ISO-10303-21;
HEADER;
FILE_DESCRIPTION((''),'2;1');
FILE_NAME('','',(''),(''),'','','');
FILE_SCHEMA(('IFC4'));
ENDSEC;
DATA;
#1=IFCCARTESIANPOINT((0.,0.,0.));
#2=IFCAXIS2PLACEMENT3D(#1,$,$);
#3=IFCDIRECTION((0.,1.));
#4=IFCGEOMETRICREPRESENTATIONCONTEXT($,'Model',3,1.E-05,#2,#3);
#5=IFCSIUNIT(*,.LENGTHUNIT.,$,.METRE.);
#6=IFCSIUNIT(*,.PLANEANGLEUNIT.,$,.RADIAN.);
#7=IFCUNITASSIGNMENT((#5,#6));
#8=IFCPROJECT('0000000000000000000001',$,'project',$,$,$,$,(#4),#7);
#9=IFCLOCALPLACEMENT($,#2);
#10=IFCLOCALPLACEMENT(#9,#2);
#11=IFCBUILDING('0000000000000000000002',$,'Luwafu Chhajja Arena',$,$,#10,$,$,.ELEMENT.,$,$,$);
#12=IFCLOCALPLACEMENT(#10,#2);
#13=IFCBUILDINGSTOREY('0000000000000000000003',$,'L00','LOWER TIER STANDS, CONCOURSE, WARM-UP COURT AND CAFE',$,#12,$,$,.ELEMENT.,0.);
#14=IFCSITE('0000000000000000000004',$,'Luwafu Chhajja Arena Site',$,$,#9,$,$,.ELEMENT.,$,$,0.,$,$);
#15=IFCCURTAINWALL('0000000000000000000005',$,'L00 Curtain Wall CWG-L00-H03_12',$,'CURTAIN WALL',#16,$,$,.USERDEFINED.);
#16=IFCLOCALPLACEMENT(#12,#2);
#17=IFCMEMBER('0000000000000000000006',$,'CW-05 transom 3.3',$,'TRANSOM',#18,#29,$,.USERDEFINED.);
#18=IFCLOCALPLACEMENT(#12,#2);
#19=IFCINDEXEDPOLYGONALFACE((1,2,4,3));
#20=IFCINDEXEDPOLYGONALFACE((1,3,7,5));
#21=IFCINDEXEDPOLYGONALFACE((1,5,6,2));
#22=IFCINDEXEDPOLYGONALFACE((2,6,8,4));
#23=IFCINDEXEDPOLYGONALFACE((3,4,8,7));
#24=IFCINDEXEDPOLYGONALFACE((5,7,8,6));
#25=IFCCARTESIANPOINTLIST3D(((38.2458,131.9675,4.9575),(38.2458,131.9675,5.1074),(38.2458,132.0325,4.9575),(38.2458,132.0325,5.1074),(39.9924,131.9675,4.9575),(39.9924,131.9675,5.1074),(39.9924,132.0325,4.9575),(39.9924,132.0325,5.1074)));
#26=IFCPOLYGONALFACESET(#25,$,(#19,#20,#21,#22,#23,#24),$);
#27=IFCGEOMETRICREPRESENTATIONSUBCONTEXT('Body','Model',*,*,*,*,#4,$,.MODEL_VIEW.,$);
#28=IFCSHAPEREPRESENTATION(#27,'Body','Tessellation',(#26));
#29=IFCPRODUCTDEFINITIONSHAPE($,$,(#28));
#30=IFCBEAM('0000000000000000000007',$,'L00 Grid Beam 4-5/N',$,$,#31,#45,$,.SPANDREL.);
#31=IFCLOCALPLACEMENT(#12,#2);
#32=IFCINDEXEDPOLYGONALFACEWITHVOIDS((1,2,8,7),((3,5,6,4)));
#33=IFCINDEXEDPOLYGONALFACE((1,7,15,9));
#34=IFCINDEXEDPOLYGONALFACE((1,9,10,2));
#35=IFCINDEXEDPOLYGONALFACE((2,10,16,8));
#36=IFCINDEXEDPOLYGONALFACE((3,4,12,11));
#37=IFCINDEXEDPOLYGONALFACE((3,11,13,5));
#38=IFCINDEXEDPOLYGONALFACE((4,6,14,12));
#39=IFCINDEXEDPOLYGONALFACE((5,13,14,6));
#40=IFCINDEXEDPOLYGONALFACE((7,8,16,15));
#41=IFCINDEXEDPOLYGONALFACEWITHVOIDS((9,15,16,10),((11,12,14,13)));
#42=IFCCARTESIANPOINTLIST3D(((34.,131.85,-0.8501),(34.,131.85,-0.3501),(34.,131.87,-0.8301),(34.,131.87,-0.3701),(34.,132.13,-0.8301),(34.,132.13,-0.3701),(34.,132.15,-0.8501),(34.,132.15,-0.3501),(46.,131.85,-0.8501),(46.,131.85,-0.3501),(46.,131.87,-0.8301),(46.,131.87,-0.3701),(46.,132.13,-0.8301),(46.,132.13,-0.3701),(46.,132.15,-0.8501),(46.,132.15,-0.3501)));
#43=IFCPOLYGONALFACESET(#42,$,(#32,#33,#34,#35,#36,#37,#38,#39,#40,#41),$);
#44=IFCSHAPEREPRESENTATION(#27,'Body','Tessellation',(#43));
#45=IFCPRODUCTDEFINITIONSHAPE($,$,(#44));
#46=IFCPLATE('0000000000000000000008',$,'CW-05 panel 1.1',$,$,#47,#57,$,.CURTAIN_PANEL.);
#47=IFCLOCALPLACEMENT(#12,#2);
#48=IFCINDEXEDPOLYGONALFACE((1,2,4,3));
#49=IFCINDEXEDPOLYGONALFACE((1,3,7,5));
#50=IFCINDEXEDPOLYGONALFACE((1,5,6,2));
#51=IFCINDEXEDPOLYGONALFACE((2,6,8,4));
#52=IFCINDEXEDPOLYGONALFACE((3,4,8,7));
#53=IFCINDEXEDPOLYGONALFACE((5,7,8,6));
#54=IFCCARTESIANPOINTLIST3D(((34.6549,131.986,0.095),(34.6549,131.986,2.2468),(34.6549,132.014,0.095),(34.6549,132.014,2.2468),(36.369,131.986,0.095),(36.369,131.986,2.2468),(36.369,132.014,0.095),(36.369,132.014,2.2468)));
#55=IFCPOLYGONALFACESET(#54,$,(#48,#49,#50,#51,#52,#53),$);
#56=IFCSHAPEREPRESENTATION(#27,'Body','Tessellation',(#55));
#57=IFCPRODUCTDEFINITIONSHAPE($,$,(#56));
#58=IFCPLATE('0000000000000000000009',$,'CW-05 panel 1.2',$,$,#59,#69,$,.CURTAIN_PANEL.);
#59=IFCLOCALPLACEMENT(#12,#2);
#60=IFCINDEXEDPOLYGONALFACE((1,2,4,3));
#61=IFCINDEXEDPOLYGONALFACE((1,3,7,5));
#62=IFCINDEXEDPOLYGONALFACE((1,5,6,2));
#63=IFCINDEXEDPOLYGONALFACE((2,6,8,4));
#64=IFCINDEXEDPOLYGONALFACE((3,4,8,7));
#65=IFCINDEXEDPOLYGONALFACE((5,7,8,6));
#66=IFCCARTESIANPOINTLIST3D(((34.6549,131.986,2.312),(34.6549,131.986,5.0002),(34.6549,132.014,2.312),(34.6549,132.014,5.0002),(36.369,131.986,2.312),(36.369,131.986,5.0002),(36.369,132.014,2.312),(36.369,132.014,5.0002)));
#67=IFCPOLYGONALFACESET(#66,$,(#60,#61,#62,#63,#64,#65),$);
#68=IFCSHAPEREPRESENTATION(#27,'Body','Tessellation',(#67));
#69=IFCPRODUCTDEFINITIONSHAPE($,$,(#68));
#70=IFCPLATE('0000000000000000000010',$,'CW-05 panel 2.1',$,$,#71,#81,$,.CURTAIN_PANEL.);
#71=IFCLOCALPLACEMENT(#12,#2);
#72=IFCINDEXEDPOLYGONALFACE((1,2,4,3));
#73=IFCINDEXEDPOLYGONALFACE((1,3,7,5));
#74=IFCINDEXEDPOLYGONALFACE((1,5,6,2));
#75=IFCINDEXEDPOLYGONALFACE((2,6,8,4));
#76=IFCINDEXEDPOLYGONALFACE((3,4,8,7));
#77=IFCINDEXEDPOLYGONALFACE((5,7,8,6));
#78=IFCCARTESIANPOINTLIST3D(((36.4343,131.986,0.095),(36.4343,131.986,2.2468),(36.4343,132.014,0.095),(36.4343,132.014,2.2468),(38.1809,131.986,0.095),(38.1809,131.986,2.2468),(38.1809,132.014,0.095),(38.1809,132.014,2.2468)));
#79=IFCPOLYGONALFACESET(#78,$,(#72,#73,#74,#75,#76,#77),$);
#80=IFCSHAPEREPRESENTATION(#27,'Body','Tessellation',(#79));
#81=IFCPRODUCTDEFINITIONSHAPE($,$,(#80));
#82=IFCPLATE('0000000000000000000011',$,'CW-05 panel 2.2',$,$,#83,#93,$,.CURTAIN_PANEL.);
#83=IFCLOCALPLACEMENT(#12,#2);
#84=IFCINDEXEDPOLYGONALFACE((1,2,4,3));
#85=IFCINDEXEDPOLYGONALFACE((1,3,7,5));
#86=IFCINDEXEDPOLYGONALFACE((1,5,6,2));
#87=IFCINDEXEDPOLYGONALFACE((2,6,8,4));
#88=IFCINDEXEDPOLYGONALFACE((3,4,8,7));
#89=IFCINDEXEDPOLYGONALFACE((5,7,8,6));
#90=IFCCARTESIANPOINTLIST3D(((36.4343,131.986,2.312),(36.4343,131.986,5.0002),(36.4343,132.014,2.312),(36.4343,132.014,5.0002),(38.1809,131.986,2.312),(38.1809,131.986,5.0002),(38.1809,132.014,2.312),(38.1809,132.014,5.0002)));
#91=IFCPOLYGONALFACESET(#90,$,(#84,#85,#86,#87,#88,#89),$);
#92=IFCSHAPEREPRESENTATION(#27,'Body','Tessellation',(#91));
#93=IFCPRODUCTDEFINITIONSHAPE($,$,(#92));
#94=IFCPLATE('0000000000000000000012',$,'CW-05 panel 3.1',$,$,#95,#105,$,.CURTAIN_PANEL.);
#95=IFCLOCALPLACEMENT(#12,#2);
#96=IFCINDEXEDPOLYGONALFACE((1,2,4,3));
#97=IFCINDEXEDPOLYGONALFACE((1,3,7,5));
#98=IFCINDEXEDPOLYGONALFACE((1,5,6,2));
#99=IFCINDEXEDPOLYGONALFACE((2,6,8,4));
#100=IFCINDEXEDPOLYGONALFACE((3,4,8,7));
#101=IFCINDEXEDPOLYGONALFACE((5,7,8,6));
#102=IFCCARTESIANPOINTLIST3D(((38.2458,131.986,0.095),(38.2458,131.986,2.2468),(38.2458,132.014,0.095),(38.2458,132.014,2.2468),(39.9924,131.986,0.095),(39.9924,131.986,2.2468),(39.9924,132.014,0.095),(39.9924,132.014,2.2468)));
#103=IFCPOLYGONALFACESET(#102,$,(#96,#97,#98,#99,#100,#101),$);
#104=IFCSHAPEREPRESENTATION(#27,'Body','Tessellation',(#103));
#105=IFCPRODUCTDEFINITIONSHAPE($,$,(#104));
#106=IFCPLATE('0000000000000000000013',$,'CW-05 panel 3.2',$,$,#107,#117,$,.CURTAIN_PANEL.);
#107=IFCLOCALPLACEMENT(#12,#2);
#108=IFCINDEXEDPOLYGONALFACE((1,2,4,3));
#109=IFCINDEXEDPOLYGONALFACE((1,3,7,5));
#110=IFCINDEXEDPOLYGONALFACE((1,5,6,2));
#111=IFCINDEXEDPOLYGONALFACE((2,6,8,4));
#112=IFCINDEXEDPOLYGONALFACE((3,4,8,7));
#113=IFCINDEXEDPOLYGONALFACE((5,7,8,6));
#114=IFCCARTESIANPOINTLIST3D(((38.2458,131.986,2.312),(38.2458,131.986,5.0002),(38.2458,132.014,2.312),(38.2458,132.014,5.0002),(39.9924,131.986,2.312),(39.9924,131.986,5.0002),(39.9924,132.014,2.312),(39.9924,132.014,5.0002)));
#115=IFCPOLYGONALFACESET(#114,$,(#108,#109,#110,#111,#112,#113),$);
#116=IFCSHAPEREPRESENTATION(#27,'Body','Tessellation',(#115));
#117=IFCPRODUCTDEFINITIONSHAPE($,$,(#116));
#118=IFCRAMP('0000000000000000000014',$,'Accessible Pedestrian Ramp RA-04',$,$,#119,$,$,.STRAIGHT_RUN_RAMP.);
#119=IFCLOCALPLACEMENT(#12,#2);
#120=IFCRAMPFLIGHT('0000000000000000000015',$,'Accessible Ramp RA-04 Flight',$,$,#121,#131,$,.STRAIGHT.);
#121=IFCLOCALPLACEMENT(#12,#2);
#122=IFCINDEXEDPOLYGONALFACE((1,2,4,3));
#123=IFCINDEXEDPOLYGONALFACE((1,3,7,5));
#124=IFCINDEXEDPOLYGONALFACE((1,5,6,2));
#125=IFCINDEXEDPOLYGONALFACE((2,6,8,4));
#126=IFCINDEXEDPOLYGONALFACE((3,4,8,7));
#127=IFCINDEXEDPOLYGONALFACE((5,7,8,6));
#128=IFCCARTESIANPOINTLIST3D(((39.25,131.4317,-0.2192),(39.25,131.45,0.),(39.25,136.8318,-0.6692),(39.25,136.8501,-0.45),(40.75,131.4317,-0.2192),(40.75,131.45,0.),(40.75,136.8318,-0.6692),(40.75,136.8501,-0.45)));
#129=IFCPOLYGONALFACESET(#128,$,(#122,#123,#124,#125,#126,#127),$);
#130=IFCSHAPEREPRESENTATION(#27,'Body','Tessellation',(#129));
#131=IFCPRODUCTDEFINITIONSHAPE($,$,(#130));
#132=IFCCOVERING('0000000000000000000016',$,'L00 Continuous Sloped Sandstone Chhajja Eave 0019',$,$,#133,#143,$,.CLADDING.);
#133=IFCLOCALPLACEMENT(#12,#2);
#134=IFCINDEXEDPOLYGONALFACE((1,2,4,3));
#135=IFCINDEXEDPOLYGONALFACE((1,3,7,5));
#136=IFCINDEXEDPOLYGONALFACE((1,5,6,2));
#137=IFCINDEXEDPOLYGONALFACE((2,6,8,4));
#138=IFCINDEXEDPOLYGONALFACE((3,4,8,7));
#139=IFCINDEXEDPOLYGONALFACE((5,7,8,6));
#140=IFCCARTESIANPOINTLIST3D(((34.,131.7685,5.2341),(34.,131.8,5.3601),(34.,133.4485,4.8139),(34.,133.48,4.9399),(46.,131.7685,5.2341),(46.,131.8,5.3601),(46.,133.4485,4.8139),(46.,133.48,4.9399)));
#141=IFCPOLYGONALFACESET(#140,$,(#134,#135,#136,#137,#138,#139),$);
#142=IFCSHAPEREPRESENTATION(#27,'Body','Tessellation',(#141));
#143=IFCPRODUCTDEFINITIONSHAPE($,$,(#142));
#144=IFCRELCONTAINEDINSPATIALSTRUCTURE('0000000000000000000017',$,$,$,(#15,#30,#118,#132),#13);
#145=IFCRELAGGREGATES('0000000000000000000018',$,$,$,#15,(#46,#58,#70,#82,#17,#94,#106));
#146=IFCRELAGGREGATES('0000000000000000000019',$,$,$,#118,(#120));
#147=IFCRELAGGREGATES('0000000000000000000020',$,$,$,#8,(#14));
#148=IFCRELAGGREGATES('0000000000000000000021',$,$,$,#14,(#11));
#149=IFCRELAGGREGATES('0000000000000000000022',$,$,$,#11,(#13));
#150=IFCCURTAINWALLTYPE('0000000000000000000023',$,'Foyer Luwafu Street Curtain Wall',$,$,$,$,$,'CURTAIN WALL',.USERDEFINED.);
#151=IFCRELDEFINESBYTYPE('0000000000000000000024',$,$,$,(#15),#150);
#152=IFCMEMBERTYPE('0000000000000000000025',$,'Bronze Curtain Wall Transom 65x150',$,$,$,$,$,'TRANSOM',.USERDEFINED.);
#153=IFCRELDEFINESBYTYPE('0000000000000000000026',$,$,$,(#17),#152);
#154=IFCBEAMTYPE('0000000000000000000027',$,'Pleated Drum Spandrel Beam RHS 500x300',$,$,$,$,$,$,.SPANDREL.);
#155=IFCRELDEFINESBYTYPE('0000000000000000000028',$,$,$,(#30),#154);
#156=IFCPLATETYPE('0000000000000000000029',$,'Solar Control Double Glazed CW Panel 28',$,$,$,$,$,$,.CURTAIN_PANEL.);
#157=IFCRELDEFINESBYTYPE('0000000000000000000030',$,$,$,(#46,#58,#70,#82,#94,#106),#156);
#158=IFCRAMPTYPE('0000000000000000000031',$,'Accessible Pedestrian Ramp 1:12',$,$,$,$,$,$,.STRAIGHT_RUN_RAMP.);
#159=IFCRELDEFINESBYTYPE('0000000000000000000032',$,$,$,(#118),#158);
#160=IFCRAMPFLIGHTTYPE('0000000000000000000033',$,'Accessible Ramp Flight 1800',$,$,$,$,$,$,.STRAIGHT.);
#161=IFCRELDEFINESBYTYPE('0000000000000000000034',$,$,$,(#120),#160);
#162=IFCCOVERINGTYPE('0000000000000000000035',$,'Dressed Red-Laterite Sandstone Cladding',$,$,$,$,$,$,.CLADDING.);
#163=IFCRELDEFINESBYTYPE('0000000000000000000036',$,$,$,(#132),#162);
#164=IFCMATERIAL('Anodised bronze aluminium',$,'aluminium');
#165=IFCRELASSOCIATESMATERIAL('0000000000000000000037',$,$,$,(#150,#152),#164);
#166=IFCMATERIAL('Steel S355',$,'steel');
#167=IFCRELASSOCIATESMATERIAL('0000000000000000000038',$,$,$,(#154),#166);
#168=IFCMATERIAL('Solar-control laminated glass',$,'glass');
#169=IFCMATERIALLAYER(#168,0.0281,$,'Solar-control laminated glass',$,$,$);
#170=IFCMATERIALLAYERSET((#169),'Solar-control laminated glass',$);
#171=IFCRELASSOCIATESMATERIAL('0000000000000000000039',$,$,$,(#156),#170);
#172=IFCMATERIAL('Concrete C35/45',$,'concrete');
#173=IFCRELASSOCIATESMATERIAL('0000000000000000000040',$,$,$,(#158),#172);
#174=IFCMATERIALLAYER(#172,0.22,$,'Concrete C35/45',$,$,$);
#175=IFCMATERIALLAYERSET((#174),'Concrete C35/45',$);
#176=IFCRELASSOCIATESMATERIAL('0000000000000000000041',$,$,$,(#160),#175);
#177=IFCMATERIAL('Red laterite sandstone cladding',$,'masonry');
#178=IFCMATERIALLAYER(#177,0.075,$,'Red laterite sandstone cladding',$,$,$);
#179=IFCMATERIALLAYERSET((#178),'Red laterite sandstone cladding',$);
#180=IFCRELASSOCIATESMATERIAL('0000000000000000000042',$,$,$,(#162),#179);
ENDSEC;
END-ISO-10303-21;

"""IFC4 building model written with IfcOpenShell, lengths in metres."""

from ifc_helpers import new_model, si_unit, direction, frame, origin, origin_2d, place, context, subcontext, project, spatial, polyline, rectangle, hollow_rectangle, outline, extrude, material, layer, layer_set, material_profile, profile_set, type_object, element, aggregate, save


model = new_model("IFC4")

# Units and contexts
model_context = context("Model", 3, precision=1e-05, world=origin(), true_north=direction((0.0, 1.0)))
body_context = subcontext(model_context, "Body", "Model", "MODEL_VIEW")
ifc_project = project(units=[si_unit("LENGTHUNIT", "METRE"), si_unit("PLANEANGLEUNIT", "RADIAN")], contexts=[model_context])

# Site, building, storey
site_placement = place(None, origin())
site = spatial("IfcSite", under=ifc_project, at=site_placement, Name="Luwafu Chhajja Arena Site", CompositionType="ELEMENT", RefElevation=0.0)
building_placement = place(site_placement, origin())
building = spatial("IfcBuilding", under=site, at=building_placement, Name="Luwafu Chhajja Arena", CompositionType="ELEMENT")
storey_placement = place(building_placement, origin())
storey = spatial("IfcBuildingStorey", under=building, at=storey_placement, Name="L00", Description="LOWER TIER STANDS, CONCOURSE, WARM-UP COURT AND CAFE", CompositionType="ELEMENT", Elevation=0.0)

# Curtain wall, member
ifc_material_1 = material(Name="Anodised bronze aluminium", Category="aluminium")
curtain_wall_type = type_object("IfcCurtainWallType", Name="Foyer Luwafu Street Curtain Wall", ElementType="CURTAIN WALL", PredefinedType="USERDEFINED", material=ifc_material_1)
curtain_wall_placement = place(storey_placement, origin())
curtain_wall = element("IfcCurtainWall", 1, at=curtain_wall_placement, inside=storey, type_object=curtain_wall_type, Name="L00 Curtain Wall CWG-L00-H03_12", ObjectType="CURTAIN WALL", PredefinedType="USERDEFINED")
ifc_material_profile_1 = material_profile(ifc_material_1, rectangle(XDim=0.0649, YDim=0.1499, at=origin_2d()), Name="CWT 65x150")
ifc_profile_set_1 = profile_set([ifc_material_profile_1], Name="Anodised bronze aluminium")
member_type_1 = type_object("IfcMemberType", Name="Bronze Curtain Wall Transom 65x150", ElementType="TRANSOM", PredefinedType="USERDEFINED", material=ifc_profile_set_1)
member_1_placement = place(storey_placement, frame((38.2458, 132.0, 5.0325), z_axis=(1.0, 0.0, 0.0), x_axis=(0.0, 1.0, 0.0)))
member_1 = element("IfcMember", 2, at=member_1_placement, type_object=member_type_1, Name="CW-05 transom 3.3", ObjectType="TRANSOM", PredefinedType="USERDEFINED", context=body_context, shape_type="SweptSolid", body=[
    extrude(rectangle(XDim=0.0649, YDim=0.1499, at=origin_2d()), origin(), (0.0, 0.0, 1.0), 1.7466),
])

# Beam
ifc_material_2 = material(Name="Steel S355", Category="steel")
ifc_material_profile_2 = material_profile(ifc_material_2, hollow_rectangle(XDim=0.3, YDim=0.5, WallThickness=0.02, at=origin_2d()), Name="RHS 500x300x20")
ifc_profile_set_2 = profile_set([ifc_material_profile_2], Name="Steel S355")
beam_type = type_object("IfcBeamType", Name="Pleated Drum Spandrel Beam RHS 500x300", PredefinedType="SPANDREL", material=ifc_profile_set_2)
beam_placement = place(storey_placement, frame((34.0, 132.0, -0.6001), z_axis=(1.0, 0.0, 0.0), x_axis=(0.0, 1.0, 0.0)))
element("IfcBeam", 3, at=beam_placement, inside=storey, type_object=beam_type, Name="L00 Grid Beam 4-5/N", PredefinedType="SPANDREL", context=body_context, shape_type="SweptSolid", body=[
    extrude(hollow_rectangle(XDim=0.3, YDim=0.5, WallThickness=0.02, at=origin_2d()), origin(), (0.0, 0.0, 1.0), 12.0),
])

# Plates
ifc_material_3 = material(Name="Solar-control laminated glass", Category="glass")
ifc_layer_1 = layer(ifc_material_3, 0.0281, Name="Solar-control laminated glass")
ifc_layer_set_1 = layer_set([ifc_layer_1], Name="Solar-control laminated glass")
plate_type = type_object("IfcPlateType", Name="Solar Control Double Glazed CW Panel 28", PredefinedType="CURTAIN_PANEL", material=ifc_layer_set_1)
plate_1_placement = place(storey_placement, frame((35.512, 132.0, 0.095), z_axis=(0.0, 0.0, 1.0), x_axis=(1.0, 0.0, 0.0)))
plate_1 = element("IfcPlate", 4, at=plate_1_placement, type_object=plate_type, Name="CW-05 panel 1.1", PredefinedType="CURTAIN_PANEL", context=body_context, shape_type="SweptSolid", body=[
    extrude(rectangle(XDim=1.7141, YDim=0.0281, at=origin_2d()), origin(), (0.0, 0.0, 1.0), 2.1519),
])
plate_2_placement = place(storey_placement, frame((35.512, 132.0, 2.312), z_axis=(0.0, 0.0, 1.0), x_axis=(1.0, 0.0, 0.0)))
plate_2 = element("IfcPlate", 5, at=plate_2_placement, type_object=plate_type, Name="CW-05 panel 1.2", PredefinedType="CURTAIN_PANEL", context=body_context, shape_type="SweptSolid", body=[
    extrude(rectangle(XDim=1.7141, YDim=0.0281, at=origin_2d()), origin(), (0.0, 0.0, 1.0), 2.6882),
])
plate_3_placement = place(storey_placement, frame((37.3076, 132.0, 0.095), z_axis=(0.0, 0.0, 1.0), x_axis=(1.0, 0.0, 0.0)))
plate_3 = element("IfcPlate", 6, at=plate_3_placement, type_object=plate_type, Name="CW-05 panel 2.1", PredefinedType="CURTAIN_PANEL", context=body_context, shape_type="SweptSolid", body=[
    extrude(rectangle(XDim=1.7466, YDim=0.0281, at=origin_2d()), origin(), (0.0, 0.0, 1.0), 2.1519),
])
plate_4_placement = place(storey_placement, frame((37.3076, 132.0, 2.312), z_axis=(0.0, 0.0, 1.0), x_axis=(1.0, 0.0, 0.0)))
plate_4 = element("IfcPlate", 7, at=plate_4_placement, type_object=plate_type, Name="CW-05 panel 2.2", PredefinedType="CURTAIN_PANEL", context=body_context, shape_type="SweptSolid", body=[
    extrude(rectangle(XDim=1.7466, YDim=0.0281, at=origin_2d()), origin(), (0.0, 0.0, 1.0), 2.6882),
])
plate_5_placement = place(storey_placement, frame((39.1191, 132.0, 0.095), z_axis=(0.0, 0.0, 1.0), x_axis=(1.0, 0.0, 0.0)))
plate_5 = element("IfcPlate", 8, at=plate_5_placement, type_object=plate_type, Name="CW-05 panel 3.1", PredefinedType="CURTAIN_PANEL", context=body_context, shape_type="SweptSolid", body=[
    extrude(rectangle(XDim=1.7466, YDim=0.0281, at=origin_2d()), origin(), (0.0, 0.0, 1.0), 2.1519),
])
plate_6_placement = place(storey_placement, frame((39.1191, 132.0, 2.312), z_axis=(0.0, 0.0, 1.0), x_axis=(1.0, 0.0, 0.0)))
plate_6 = element("IfcPlate", 9, at=plate_6_placement, type_object=plate_type, Name="CW-05 panel 3.2", PredefinedType="CURTAIN_PANEL", context=body_context, shape_type="SweptSolid", body=[
    extrude(rectangle(XDim=1.7466, YDim=0.0281, at=origin_2d()), origin(), (0.0, 0.0, 1.0), 2.6882),
])
aggregate(curtain_wall, [plate_1, plate_2, plate_3, plate_4, member_1, plate_5, plate_6])

# Ramp, ramp flight
ifc_material_4 = material(Name="Concrete C35/45", Category="concrete")
ramp_type = type_object("IfcRampType", Name="Accessible Pedestrian Ramp 1:12", PredefinedType="STRAIGHT_RUN_RAMP", material=ifc_material_4)
ramp_placement = place(storey_placement, origin())
ramp = element("IfcRamp", 10, at=ramp_placement, inside=storey, type_object=ramp_type, Name="Accessible Pedestrian Ramp RA-04", PredefinedType="STRAIGHT_RUN_RAMP")
ifc_layer_2 = layer(ifc_material_4, 0.22, Name="Concrete C35/45")
ifc_layer_set_2 = layer_set([ifc_layer_2], Name="Concrete C35/45")
ramp_flight_type = type_object("IfcRampFlightType", Name="Accessible Ramp Flight 1800", PredefinedType="STRAIGHT", material=ifc_layer_set_2)
ramp_flight_placement = place(storey_placement, frame((39.25, 136.8501, -0.45), z_axis=(0.0, 0.083034, 0.996547), x_axis=(1.0, 0.0, 0.0)))
ramp_flight = element("IfcRampFlight", 11, at=ramp_flight_placement, type_object=ramp_flight_type, Name="Accessible Ramp RA-04 Flight", PredefinedType="STRAIGHT", context=body_context, shape_type="SweptSolid", body=[
    extrude(outline(polyline([(0.0, 0.0), (1.5, 0.0), (1.5, -5.4189), (0.0, -5.4189), (0.0, 0.0)])), origin(), (0.0, 0.0, -1.0), 0.22),
])
aggregate(ramp, [ramp_flight])

# Covering
ifc_material_5 = material(Name="Red laterite sandstone cladding", Category="masonry")
ifc_layer_3 = layer(ifc_material_5, 0.075, Name="Red laterite sandstone cladding")
ifc_layer_set_3 = layer_set([ifc_layer_3], Name="Red laterite sandstone cladding")
covering_type = type_object("IfcCoveringType", Name="Dressed Red-Laterite Sandstone Cladding", PredefinedType="CLADDING", material=ifc_layer_set_3)
covering_placement = place(storey_placement, frame((34.0, 131.8, 5.3601), z_axis=(0.0, 0.242635, 0.970118), x_axis=(1.0, 0.0, 0.0)))
element("IfcCovering", 12, at=covering_placement, inside=storey, type_object=covering_type, Name="L00 Continuous Sloped Sandstone Chhajja Eave 0019", PredefinedType="CLADDING", context=body_context, shape_type="SweptSolid", body=[
    extrude(outline(polyline([(0.0, 0.0), (12.0, 0.0), (12.0, 1.7317), (0.0, 1.7317), (0.0, 0.0)])), origin(), (0.0, 0.0, -1.0), 0.1299),
])

save(model, "model.ifc")
